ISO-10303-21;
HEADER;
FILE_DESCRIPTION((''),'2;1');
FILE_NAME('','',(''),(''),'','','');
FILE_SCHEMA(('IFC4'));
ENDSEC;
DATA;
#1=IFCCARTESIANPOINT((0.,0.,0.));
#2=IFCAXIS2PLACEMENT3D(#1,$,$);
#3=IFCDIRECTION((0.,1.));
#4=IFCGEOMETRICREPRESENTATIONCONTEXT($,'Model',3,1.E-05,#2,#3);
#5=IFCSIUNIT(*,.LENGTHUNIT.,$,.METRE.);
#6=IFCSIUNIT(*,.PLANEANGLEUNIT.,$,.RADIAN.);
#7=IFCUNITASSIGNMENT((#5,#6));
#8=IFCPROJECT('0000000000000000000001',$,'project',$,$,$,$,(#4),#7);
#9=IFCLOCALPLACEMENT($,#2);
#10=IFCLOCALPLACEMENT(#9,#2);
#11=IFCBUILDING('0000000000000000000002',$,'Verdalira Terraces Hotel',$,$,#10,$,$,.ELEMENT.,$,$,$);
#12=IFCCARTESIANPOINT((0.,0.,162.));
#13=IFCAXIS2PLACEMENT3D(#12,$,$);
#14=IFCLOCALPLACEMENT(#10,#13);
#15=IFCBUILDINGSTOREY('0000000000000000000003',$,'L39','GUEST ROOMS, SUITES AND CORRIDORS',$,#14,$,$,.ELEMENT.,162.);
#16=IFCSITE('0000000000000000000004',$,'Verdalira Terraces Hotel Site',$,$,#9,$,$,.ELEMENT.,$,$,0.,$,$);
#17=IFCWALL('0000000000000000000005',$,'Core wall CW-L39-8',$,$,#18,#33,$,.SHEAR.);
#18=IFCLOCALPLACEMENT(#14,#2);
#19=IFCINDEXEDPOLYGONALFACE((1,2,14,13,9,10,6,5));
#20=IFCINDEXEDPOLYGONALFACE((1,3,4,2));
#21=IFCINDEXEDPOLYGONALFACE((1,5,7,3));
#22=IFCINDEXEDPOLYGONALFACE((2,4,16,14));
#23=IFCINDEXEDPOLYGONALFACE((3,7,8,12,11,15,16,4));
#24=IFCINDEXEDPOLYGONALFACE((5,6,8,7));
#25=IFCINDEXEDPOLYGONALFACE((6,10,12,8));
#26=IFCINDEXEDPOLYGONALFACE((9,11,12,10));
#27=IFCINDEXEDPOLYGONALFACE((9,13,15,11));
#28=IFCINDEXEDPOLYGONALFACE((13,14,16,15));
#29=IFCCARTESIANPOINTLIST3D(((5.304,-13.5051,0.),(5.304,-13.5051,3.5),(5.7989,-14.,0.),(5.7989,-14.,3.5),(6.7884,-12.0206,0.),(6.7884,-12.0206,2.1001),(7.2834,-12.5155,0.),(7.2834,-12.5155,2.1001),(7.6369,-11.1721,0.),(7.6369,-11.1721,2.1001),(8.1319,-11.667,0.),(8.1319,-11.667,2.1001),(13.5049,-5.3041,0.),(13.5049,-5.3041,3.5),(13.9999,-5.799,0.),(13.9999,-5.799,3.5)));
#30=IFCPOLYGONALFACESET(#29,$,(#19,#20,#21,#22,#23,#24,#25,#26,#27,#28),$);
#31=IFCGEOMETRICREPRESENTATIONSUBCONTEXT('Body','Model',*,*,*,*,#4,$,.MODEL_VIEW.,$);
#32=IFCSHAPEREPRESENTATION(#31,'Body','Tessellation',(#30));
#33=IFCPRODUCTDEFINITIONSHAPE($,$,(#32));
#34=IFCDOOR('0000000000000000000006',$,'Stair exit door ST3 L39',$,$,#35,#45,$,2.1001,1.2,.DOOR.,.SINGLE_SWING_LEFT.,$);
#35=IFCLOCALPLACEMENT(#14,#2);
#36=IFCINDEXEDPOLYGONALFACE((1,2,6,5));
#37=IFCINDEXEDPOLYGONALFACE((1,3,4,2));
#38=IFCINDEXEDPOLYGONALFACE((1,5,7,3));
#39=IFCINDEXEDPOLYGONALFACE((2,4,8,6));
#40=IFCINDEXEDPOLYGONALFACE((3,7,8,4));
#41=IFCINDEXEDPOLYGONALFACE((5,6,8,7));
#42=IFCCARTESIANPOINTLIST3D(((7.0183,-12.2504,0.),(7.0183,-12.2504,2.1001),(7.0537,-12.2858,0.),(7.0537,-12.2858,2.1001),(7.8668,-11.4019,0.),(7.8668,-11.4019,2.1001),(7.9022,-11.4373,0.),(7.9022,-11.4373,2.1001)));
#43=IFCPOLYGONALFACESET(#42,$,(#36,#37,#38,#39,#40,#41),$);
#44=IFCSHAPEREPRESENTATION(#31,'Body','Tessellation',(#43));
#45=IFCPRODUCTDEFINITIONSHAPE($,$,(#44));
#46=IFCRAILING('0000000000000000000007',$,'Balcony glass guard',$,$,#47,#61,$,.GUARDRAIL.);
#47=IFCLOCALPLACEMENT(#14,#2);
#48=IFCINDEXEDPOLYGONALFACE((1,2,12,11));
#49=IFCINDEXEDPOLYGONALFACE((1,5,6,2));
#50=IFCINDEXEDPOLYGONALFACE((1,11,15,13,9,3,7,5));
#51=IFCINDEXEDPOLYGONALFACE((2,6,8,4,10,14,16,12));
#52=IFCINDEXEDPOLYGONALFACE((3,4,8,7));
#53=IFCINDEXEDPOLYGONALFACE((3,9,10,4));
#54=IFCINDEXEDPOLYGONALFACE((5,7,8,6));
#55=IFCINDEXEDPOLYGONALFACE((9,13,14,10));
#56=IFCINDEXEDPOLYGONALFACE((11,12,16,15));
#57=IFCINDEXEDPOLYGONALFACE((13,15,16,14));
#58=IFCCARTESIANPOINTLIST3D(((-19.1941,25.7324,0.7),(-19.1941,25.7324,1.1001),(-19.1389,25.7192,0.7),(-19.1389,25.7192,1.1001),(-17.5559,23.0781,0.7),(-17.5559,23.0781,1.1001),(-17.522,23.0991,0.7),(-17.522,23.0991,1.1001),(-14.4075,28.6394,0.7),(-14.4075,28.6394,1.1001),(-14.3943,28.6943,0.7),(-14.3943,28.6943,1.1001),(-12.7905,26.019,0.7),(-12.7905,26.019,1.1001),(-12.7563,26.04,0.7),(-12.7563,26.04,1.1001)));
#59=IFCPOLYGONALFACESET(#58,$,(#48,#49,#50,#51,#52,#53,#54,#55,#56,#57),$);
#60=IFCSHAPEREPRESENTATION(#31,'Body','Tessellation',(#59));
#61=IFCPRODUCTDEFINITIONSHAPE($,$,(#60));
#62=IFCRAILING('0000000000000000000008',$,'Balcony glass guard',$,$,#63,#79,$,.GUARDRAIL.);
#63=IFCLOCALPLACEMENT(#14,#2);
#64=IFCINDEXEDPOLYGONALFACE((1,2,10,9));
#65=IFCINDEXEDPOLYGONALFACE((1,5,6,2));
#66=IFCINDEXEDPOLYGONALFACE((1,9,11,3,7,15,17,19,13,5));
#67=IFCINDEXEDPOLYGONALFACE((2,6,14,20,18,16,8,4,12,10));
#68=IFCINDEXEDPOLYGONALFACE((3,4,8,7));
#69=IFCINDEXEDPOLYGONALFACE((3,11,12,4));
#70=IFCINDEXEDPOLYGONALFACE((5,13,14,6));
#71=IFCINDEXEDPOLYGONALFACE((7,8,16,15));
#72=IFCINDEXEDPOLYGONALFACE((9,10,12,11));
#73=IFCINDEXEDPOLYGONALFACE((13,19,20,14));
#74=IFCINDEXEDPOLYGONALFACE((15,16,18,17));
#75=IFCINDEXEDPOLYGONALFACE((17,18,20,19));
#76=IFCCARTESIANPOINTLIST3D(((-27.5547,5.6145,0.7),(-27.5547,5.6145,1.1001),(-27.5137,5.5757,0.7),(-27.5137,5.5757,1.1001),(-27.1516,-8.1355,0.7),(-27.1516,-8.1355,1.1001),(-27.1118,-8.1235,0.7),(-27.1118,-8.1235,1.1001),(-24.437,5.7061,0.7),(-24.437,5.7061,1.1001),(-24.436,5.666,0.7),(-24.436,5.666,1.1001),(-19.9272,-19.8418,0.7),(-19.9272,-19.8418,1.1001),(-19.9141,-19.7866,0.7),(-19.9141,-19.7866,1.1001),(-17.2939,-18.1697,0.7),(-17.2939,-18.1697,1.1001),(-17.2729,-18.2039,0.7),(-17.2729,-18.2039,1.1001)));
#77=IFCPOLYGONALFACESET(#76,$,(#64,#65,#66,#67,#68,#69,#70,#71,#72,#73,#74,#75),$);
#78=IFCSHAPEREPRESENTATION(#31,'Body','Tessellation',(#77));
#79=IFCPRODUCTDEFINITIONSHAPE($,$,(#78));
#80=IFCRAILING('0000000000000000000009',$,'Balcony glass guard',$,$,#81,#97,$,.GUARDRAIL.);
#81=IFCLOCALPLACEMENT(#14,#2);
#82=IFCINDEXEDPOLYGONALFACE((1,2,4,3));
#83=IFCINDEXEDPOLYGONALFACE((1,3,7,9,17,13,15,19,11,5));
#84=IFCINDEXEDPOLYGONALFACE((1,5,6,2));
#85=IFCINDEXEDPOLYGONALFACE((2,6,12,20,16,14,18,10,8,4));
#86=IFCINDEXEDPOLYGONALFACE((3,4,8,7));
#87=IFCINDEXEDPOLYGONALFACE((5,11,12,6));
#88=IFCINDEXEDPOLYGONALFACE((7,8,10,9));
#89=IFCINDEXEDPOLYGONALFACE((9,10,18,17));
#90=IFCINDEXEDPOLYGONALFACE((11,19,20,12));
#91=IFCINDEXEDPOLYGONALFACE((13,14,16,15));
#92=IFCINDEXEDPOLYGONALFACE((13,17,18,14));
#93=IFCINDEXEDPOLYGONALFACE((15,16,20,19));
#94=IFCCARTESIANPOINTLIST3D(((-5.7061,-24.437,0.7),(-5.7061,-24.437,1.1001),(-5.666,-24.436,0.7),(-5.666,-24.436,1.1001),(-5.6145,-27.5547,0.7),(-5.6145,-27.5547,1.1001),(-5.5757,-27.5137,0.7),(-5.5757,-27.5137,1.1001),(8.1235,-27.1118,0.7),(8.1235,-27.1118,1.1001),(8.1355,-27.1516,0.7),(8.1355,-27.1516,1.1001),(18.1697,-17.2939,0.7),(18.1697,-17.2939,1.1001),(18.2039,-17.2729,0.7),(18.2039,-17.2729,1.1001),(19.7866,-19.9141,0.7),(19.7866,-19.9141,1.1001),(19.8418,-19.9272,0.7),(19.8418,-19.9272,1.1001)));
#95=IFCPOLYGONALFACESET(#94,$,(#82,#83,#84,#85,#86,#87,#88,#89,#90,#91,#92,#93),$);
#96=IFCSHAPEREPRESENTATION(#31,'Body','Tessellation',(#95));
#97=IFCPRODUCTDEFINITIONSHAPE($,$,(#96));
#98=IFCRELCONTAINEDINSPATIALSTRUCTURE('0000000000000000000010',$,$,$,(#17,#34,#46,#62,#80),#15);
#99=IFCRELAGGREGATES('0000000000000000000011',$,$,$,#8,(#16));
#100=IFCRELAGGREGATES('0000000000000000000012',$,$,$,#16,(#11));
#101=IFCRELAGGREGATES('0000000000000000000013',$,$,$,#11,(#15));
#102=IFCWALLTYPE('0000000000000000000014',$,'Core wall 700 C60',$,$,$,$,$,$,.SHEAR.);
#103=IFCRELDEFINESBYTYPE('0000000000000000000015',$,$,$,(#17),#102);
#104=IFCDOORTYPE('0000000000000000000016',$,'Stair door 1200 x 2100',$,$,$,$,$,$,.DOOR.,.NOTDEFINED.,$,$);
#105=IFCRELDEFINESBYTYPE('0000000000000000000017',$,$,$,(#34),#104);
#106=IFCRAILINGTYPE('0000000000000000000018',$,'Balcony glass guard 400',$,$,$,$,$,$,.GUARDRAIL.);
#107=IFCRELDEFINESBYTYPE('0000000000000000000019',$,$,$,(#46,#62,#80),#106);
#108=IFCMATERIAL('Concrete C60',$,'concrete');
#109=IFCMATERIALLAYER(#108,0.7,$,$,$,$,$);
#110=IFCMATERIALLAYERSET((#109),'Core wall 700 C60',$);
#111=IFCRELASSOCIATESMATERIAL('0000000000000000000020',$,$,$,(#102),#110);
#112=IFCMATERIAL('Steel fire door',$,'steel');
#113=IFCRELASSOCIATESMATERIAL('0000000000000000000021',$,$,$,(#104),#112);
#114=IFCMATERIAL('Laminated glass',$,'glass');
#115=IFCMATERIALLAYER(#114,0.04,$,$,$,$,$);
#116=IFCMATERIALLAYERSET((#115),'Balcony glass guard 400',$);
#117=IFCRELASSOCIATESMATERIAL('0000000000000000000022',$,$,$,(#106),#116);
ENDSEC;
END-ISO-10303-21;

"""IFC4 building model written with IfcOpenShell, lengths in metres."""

from ifc_helpers import new_model, si_unit, direction, frame, frame_2d, origin, place, context, subcontext, project, spatial, polyline, rectangle, outline, extrude, material, layer, layer_set, type_object, element, fill, save


model = new_model("IFC4")

# Units and contexts
model_context = context("Model", 3, precision=1e-05, world=origin(), true_north=direction((0.0, 1.0)))
body_context = subcontext(model_context, "Body", "Model", "MODEL_VIEW")
ifc_project = project(units=[si_unit("LENGTHUNIT", "METRE"), si_unit("PLANEANGLEUNIT", "RADIAN")], contexts=[model_context])

# Site, building, storey
site_placement = place(None, origin())
site = spatial("IfcSite", under=ifc_project, at=site_placement, Name="Verdalira Terraces Hotel Site", CompositionType="ELEMENT", RefElevation=0.0)
building_placement = place(site_placement, origin())
building = spatial("IfcBuilding", under=site, at=building_placement, Name="Verdalira Terraces Hotel", CompositionType="ELEMENT")
storey_placement = place(building_placement, frame((0.0, 0.0, 162.0)))
storey = spatial("IfcBuildingStorey", under=building, at=storey_placement, Name="L39", Description="GUEST ROOMS, SUITES AND CORRIDORS", CompositionType="ELEMENT", Elevation=162.0)

# Wall, opening, door
ifc_material_1 = material(Name="Concrete C60", Category="concrete")
ifc_layer_1 = layer(ifc_material_1, 0.7)
ifc_layer_set_1 = layer_set([ifc_layer_1], Name="Core wall 700 C60")
wall_type_1 = type_object("IfcWallType", Name="Core wall 700 C60", PredefinedType="SHEAR", material=ifc_layer_set_1)
wall_1_placement = place(storey_placement, frame((5.5515, -13.7524, 0.0), z_axis=(0.0, 0.0, 1.0), x_axis=(0.707107, 0.707107, 0.0)))
wall_1 = element("IfcWall", 1, at=wall_1_placement, inside=storey, type_object=wall_type_1, Name="Core wall CW-L39-8", PredefinedType="SHEAR", context=body_context, shape_type="SweptSolid", body=[
    extrude(rectangle(XDim=11.5979, YDim=0.7, at=frame_2d((5.7988, 0.0))), origin(), (0.0, 0.0, 1.0), 3.5),
])
opening_1_placement = place(wall_1_placement, frame((2.0991, 0.0, 0.0)))
opening_1 = element("IfcOpeningElement", 2, at=opening_1_placement, cuts=wall_1, PredefinedType="OPENING", context=body_context, shape_type="SweptSolid", body=[
    extrude(rectangle(XDim=1.2, YDim=2.1001, at=frame_2d((0.6001, 1.05))), frame((0.0, 0.3599, 0.0), z_axis=(0.0, -1.0, 0.0), x_axis=(1.0, 0.0, 0.0)), (0.0, 0.0, 1.0), 0.72),
])
ifc_material_2 = material(Name="Steel fire door", Category="steel")
door_type_1 = type_object("IfcDoorType", Name="Stair door 1200 x 2100", OperationType="NOTDEFINED", PredefinedType="DOOR", material=ifc_material_2)
door_1_placement = place(opening_1_placement, origin())
door_1 = element("IfcDoor", 3, at=door_1_placement, inside=storey, type_object=door_type_1, Name="Stair exit door ST3 L39", OperationType="SINGLE_SWING_LEFT", OverallHeight=2.1001, OverallWidth=1.2, PredefinedType="DOOR", context=body_context, shape_type="SweptSolid", body=[
    extrude(rectangle(XDim=1.2, YDim=2.1001, at=frame_2d((0.6001, 1.05))), frame((0.0, 0.0249, 0.0), z_axis=(0.0, -1.0, 0.0), x_axis=(1.0, 0.0, 0.0)), (0.0, 0.0, 1.0), 0.05),
])
fill(opening_1, door_1)

# Railings
ifc_material_3 = material(Name="Laminated glass", Category="glass")
ifc_layer_2 = layer(ifc_material_3, 0.04)
ifc_layer_set_2 = layer_set([ifc_layer_2], Name="Balcony glass guard 400")
railing_type_1 = type_object("IfcRailingType", Name="Balcony glass guard 400", PredefinedType="GUARDRAIL", material=ifc_layer_set_2)
railing_1_placement = place(storey_placement, frame((0.0, 0.0, 0.7)))
element("IfcRailing", 4, at=railing_1_placement, inside=storey, type_object=railing_type_1, Name="Balcony glass guard", PredefinedType="GUARDRAIL", context=body_context, shape_type="SweptSolid", body=[
    extrude(outline(polyline([(-14.4075, 28.6394), (-19.1389, 25.7192), (-17.522, 23.0991), (-17.5559, 23.0781), (-19.1941, 25.7324), (-14.3943, 28.6943), (-12.7563, 26.04), (-12.7905, 26.019), (-14.4075, 28.6394)])), origin(), (0.0, 0.0, 1.0), 0.4001),
])
railing_2_placement = place(storey_placement, frame((0.0, 0.0, 0.7)))
element("IfcRailing", 5, at=railing_2_placement, inside=storey, type_object=railing_type_1, Name="Balcony glass guard", PredefinedType="GUARDRAIL", context=body_context, shape_type="SweptSolid", body=[
    extrude(outline(polyline([(-27.5137, 5.5757), (-27.1118, -8.1235), (-19.9141, -19.7866), (-17.2939, -18.1697), (-17.2729, -18.2039), (-19.9272, -19.8418), (-27.1516, -8.1355), (-27.5547, 5.6145), (-24.437, 5.7061), (-24.436, 5.666), (-27.5137, 5.5757)])), origin(), (0.0, 0.0, 1.0), 0.4001),
])
railing_3_placement = place(storey_placement, frame((0.0, 0.0, 0.7)))
element("IfcRailing", 6, at=railing_3_placement, inside=storey, type_object=railing_type_1, Name="Balcony glass guard", PredefinedType="GUARDRAIL", context=body_context, shape_type="SweptSolid", body=[
    extrude(outline(polyline([(-5.5757, -27.5137), (8.1235, -27.1118), (19.7866, -19.9141), (18.1697, -17.2939), (18.2039, -17.2729), (19.8418, -19.9272), (8.1355, -27.1516), (-5.6145, -27.5547), (-5.7061, -24.437), (-5.666, -24.436), (-5.5757, -27.5137)])), origin(), (0.0, 0.0, 1.0), 0.4001),
])

save(model, "model.ifc")
